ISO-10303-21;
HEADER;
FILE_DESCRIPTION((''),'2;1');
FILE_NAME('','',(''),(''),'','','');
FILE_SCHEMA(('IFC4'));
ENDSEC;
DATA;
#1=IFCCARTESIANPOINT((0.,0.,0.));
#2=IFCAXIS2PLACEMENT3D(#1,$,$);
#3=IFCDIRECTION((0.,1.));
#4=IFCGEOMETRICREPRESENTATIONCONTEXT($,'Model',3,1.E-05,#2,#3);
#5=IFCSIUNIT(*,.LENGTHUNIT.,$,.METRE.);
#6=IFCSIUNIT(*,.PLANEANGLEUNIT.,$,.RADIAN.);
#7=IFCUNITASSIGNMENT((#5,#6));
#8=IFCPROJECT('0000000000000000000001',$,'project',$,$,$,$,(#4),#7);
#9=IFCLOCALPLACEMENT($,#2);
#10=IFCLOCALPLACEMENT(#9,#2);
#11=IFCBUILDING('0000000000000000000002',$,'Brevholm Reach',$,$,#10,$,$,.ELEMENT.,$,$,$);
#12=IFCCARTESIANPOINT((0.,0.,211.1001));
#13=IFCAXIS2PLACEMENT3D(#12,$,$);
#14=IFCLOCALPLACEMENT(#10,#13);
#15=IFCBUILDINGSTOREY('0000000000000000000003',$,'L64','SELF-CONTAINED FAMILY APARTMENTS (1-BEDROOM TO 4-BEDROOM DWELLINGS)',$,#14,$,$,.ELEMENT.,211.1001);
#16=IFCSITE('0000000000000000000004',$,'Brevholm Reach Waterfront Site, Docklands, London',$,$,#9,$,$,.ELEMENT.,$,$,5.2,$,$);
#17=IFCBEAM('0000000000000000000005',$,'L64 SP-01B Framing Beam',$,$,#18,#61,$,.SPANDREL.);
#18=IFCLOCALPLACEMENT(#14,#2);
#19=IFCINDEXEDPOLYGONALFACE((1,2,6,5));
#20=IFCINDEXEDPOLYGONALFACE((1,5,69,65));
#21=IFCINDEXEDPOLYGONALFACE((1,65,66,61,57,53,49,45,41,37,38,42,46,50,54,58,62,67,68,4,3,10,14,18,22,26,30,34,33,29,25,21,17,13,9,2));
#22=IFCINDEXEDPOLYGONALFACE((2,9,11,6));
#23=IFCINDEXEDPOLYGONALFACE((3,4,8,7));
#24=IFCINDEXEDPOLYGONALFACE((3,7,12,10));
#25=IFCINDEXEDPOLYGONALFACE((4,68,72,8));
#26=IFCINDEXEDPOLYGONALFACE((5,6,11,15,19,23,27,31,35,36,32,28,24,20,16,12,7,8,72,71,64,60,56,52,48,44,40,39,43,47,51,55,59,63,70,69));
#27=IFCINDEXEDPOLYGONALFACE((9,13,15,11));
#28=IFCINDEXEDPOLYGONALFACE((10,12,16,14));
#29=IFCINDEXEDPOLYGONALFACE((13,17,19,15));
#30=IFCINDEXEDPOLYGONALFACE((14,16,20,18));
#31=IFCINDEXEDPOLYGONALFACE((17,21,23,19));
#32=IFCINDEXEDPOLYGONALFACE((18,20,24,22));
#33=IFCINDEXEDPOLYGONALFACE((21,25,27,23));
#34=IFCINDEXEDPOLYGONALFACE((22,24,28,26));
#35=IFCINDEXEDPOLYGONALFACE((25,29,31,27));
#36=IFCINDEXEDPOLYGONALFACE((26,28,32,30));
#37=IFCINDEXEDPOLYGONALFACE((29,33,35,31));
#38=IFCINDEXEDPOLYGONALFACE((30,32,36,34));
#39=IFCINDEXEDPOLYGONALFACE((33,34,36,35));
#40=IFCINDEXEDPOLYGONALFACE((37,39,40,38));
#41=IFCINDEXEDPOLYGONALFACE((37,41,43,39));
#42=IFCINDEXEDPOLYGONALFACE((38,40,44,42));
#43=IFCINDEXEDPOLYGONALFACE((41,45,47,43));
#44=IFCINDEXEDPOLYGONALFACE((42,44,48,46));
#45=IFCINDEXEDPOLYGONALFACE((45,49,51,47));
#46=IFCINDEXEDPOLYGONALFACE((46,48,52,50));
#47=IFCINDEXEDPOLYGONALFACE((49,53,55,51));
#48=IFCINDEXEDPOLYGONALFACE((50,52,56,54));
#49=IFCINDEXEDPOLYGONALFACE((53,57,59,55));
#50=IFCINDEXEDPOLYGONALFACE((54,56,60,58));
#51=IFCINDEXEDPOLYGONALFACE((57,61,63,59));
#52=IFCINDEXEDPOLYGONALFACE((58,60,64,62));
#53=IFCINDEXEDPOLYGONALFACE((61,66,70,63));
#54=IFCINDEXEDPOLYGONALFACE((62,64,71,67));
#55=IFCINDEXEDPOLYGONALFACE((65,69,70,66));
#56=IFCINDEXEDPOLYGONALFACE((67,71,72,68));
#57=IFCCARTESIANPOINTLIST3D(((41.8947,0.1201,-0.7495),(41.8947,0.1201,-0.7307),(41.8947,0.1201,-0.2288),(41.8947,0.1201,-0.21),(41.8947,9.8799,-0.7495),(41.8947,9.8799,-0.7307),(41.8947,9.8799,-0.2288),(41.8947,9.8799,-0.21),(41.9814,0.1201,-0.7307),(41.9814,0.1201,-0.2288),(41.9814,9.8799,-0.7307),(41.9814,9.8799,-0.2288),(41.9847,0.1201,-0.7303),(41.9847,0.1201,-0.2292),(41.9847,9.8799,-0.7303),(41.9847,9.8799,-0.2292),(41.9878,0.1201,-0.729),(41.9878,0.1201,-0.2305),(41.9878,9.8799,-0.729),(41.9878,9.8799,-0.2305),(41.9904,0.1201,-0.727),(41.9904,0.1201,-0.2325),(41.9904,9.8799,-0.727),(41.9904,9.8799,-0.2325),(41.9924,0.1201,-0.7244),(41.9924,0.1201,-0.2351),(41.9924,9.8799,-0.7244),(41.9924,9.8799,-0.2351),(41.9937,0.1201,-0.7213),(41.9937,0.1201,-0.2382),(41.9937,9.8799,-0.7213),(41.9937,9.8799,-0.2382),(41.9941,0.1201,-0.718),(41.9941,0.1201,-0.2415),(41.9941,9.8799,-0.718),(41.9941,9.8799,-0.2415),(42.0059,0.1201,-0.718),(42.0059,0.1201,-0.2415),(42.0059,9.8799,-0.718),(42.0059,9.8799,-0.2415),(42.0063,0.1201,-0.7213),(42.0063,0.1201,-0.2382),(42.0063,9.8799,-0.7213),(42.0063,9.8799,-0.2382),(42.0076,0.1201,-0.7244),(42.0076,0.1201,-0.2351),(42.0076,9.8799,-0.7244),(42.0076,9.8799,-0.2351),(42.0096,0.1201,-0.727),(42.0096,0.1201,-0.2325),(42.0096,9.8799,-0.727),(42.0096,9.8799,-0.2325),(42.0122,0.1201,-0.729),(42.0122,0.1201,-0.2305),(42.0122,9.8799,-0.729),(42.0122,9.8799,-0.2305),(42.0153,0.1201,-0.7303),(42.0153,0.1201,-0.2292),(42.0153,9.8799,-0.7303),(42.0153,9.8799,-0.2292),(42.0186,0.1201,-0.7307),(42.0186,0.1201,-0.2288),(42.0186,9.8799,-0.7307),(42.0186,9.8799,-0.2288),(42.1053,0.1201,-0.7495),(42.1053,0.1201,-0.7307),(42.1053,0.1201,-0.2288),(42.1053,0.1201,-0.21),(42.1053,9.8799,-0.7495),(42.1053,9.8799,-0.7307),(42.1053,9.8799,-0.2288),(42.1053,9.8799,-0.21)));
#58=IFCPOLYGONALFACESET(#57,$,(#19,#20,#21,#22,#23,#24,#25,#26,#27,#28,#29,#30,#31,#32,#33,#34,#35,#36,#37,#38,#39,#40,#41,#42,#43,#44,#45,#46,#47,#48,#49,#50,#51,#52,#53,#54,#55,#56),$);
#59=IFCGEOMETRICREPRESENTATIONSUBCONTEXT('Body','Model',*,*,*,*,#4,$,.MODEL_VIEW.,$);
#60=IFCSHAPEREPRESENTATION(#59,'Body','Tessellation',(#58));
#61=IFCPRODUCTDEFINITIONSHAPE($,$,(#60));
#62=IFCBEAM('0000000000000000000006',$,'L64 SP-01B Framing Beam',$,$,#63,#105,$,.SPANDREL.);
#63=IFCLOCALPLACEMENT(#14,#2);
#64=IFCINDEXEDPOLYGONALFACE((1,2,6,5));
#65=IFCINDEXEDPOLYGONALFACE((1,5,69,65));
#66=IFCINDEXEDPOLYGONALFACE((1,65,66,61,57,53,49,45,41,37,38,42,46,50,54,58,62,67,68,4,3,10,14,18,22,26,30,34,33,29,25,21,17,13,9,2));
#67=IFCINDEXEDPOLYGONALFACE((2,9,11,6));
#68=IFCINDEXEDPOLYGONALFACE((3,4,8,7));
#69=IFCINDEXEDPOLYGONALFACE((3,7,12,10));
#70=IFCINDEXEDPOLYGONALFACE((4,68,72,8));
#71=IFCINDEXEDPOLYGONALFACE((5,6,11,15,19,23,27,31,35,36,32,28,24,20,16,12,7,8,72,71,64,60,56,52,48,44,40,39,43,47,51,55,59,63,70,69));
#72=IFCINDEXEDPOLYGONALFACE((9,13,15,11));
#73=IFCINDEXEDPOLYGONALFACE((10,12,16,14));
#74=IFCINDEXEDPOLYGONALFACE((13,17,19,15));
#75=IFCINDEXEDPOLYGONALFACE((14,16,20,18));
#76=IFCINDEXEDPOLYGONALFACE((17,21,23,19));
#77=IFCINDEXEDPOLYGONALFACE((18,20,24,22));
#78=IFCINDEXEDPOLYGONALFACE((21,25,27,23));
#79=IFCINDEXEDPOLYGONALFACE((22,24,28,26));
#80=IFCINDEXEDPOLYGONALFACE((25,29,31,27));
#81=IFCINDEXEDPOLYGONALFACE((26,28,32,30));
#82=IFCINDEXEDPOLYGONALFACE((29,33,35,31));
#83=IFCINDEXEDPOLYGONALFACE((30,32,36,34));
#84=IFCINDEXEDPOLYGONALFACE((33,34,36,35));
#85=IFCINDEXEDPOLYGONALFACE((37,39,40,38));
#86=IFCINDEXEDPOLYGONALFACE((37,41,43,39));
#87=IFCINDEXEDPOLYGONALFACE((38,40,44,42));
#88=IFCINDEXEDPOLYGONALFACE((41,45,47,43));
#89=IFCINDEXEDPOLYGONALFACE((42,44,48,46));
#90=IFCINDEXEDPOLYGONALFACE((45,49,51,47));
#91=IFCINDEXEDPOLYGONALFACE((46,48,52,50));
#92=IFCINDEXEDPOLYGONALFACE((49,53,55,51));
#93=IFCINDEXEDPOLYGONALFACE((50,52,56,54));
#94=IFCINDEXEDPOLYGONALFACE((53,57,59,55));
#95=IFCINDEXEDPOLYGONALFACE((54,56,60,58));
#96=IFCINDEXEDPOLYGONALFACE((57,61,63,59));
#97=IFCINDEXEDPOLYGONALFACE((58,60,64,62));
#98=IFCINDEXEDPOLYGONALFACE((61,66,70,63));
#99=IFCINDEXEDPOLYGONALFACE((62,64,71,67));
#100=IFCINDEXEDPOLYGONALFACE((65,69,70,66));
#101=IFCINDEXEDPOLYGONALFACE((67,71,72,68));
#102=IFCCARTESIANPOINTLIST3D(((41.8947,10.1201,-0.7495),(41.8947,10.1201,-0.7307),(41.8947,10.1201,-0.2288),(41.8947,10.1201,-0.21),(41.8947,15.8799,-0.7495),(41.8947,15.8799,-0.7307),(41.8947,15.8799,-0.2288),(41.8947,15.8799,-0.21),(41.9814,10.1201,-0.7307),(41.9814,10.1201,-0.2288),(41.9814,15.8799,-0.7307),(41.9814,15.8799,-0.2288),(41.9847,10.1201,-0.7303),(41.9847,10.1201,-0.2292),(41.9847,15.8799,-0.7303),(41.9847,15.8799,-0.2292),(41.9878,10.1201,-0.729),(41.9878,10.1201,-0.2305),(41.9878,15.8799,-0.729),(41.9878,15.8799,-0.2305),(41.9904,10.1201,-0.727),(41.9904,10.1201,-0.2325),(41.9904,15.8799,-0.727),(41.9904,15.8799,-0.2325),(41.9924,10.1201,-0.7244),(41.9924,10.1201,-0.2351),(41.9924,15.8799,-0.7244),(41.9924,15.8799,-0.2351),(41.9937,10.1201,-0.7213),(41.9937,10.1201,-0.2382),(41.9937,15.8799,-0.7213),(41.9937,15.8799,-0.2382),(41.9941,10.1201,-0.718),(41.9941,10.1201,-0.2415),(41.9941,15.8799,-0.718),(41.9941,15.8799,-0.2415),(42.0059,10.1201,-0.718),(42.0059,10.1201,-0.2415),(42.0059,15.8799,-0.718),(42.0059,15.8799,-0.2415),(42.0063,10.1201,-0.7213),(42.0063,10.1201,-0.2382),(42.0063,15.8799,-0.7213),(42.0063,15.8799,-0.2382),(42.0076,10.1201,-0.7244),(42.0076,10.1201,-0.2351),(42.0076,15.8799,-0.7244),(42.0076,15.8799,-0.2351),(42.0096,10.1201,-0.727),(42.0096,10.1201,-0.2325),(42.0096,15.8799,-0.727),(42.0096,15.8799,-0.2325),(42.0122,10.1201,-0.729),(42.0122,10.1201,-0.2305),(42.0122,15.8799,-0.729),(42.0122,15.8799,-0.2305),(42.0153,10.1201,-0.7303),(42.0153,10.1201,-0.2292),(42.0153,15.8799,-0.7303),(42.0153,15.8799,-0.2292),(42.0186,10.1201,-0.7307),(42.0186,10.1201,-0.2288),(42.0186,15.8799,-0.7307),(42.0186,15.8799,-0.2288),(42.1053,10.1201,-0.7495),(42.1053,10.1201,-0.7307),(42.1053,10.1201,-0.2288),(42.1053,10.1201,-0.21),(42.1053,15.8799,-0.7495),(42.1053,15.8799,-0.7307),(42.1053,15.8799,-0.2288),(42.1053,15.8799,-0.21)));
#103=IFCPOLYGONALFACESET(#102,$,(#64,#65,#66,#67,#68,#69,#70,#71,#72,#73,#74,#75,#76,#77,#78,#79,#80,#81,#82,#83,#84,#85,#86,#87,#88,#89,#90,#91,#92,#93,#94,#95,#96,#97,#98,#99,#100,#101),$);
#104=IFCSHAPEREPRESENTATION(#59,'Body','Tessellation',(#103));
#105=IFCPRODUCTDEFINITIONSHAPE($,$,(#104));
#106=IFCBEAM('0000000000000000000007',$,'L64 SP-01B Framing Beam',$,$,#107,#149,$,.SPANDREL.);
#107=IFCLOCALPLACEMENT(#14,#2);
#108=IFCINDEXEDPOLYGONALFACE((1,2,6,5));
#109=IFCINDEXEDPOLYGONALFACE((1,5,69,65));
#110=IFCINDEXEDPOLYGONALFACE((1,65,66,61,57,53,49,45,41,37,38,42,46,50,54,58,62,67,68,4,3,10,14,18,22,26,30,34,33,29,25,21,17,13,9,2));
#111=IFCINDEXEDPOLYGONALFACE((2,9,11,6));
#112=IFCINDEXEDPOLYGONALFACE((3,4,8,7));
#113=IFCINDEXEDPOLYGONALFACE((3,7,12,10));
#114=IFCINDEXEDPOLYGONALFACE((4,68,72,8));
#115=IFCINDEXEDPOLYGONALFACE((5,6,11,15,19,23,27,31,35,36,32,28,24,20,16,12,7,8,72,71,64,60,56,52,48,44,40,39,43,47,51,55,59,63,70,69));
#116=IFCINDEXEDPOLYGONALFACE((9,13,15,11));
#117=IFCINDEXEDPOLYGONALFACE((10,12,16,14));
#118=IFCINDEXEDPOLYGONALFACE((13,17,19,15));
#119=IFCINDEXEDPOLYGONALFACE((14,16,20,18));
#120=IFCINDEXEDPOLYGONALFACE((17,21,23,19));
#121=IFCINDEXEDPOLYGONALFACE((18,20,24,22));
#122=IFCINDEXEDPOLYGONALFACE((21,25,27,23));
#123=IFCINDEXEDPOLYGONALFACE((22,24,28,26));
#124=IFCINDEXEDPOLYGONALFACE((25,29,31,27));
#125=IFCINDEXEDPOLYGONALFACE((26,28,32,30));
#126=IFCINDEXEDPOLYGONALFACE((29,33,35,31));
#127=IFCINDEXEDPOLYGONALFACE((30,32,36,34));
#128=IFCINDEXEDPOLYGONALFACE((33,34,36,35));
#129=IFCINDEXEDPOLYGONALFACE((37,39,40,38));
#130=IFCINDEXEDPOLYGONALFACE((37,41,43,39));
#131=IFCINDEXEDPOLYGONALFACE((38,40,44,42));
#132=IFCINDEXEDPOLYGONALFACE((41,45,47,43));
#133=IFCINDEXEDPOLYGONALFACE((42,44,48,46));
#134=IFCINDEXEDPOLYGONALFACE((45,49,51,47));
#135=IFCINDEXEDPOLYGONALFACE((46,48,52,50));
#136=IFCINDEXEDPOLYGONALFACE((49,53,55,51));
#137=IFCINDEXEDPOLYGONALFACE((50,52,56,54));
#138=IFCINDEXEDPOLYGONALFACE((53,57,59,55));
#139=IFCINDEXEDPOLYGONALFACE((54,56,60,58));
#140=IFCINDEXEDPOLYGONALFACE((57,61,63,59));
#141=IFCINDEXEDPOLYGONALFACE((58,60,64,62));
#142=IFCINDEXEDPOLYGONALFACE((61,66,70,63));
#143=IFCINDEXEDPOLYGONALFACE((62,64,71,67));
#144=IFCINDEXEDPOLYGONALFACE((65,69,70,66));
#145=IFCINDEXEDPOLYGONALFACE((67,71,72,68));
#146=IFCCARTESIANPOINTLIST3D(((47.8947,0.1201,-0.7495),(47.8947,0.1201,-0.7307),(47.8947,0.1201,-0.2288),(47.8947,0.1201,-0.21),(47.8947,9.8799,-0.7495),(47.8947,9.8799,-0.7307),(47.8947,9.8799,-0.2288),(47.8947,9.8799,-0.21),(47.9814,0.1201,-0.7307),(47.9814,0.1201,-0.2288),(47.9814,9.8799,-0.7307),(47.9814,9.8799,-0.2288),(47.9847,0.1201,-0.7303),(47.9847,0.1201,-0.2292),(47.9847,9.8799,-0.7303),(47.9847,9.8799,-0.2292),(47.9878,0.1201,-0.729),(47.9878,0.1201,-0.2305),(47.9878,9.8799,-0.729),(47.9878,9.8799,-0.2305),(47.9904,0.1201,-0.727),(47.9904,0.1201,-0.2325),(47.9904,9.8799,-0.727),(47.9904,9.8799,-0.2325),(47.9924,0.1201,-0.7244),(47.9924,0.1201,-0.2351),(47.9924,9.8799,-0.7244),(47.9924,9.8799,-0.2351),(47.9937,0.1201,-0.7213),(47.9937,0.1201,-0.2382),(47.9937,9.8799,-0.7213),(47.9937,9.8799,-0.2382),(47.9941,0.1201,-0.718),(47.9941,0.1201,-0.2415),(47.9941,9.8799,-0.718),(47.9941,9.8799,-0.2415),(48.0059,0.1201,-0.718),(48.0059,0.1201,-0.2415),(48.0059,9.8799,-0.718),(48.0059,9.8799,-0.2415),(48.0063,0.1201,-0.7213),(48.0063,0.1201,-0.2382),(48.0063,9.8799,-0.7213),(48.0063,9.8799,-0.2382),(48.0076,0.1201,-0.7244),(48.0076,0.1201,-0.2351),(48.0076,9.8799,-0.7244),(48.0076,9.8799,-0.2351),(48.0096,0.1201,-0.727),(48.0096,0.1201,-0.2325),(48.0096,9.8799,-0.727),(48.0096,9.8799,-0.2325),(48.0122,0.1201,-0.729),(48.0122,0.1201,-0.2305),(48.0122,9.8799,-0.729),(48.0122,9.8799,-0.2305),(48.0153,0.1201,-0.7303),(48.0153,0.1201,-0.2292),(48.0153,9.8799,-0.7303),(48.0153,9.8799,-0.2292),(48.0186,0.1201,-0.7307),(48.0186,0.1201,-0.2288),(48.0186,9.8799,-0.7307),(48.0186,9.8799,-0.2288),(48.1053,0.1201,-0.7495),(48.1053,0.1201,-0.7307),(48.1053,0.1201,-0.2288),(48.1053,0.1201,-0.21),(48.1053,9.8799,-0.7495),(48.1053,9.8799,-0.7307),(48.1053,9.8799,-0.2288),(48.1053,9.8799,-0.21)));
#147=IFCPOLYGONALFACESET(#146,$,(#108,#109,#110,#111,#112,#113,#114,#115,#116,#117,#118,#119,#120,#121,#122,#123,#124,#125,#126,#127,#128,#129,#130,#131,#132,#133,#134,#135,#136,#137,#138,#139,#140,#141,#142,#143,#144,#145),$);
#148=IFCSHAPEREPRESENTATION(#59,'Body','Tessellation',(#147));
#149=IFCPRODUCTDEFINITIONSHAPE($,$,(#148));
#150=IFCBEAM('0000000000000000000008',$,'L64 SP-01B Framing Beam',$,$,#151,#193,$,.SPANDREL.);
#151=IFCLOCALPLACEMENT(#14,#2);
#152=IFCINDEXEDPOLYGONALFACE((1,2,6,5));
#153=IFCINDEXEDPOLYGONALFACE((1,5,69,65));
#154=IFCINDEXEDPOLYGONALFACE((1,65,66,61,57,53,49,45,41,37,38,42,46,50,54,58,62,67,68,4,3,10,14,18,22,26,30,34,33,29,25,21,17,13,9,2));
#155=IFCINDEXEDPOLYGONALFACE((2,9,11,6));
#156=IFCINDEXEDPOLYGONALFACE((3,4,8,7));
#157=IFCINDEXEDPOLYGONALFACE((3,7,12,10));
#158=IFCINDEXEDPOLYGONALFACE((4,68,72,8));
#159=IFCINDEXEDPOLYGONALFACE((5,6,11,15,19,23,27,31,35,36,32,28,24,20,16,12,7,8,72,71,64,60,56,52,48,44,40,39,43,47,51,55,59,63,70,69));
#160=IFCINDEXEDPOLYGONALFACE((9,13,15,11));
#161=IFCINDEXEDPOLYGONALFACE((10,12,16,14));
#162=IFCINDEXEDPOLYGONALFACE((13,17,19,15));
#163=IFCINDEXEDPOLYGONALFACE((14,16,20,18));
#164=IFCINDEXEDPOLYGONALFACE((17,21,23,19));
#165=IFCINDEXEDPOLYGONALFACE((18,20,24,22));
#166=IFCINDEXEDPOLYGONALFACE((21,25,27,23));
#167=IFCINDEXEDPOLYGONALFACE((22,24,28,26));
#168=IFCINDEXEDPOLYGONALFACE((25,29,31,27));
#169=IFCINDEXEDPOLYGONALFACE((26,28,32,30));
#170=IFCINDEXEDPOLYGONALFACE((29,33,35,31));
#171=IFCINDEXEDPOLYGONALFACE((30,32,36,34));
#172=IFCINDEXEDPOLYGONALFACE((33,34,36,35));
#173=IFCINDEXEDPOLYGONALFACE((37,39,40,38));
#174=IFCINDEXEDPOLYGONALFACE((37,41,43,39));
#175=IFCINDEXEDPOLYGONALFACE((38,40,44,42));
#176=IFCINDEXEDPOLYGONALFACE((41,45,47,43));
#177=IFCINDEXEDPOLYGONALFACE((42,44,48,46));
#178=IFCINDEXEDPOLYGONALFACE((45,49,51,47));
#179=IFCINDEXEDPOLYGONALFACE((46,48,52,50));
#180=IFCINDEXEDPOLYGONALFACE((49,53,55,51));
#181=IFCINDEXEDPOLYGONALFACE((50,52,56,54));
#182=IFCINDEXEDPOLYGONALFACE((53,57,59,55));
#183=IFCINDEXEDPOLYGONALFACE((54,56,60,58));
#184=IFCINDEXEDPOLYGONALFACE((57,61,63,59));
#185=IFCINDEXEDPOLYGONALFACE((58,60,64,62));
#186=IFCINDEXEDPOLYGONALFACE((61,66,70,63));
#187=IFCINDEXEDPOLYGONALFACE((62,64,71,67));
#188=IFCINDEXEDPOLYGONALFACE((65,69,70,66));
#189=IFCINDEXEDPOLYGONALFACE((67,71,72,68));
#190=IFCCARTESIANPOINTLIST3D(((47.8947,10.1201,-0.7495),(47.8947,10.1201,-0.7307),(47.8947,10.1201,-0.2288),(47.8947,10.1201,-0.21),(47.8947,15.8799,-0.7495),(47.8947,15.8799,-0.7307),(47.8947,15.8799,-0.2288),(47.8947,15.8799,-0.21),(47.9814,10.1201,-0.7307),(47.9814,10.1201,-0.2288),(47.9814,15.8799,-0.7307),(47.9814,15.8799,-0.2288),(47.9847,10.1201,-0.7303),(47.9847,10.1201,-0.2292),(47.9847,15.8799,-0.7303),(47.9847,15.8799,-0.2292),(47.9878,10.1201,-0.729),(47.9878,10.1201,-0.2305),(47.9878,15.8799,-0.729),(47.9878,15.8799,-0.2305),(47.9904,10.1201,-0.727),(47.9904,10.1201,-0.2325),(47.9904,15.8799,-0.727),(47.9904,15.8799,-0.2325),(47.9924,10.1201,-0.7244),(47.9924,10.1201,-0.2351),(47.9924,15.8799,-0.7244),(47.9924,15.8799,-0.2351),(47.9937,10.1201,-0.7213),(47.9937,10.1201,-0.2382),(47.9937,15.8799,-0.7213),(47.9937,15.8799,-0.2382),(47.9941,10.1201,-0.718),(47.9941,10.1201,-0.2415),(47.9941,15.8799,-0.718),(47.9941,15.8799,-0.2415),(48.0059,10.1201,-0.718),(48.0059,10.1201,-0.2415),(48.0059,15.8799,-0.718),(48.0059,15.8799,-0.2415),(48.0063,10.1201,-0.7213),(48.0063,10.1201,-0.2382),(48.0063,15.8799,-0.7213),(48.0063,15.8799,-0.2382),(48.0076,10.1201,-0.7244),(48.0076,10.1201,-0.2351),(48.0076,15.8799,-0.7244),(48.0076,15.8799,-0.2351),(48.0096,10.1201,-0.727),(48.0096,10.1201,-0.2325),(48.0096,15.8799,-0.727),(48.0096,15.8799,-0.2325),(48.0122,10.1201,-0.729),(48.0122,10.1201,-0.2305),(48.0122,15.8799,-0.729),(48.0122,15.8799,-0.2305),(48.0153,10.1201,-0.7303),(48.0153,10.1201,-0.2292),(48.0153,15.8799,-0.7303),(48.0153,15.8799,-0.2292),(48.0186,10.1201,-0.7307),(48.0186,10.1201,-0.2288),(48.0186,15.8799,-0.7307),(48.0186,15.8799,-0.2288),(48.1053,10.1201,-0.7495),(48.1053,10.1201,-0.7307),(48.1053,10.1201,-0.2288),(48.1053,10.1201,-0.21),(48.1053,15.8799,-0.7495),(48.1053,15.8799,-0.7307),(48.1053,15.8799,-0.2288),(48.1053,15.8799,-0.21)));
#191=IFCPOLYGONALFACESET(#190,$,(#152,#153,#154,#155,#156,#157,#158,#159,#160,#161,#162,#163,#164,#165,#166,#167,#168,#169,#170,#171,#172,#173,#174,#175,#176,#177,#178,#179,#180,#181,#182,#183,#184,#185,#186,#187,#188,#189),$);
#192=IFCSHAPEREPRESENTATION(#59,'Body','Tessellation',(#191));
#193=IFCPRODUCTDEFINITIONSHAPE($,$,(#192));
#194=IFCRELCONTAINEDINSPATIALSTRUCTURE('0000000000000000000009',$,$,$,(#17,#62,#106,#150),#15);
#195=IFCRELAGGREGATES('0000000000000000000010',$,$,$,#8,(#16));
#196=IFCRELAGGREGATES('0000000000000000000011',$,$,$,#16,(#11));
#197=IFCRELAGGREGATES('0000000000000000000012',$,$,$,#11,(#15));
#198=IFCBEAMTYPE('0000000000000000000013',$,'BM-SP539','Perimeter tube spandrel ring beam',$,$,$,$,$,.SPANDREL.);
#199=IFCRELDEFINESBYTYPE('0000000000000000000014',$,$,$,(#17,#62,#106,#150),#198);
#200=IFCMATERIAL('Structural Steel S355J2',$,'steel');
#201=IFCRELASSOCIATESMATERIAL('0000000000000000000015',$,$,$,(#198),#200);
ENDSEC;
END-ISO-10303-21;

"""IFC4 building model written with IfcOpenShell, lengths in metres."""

from ifc_helpers import new_model, si_unit, direction, frame, origin, origin_2d, place, context, subcontext, project, spatial, i_section, extrude, material, material_profile, profile_set, type_object, element, save


model = new_model("IFC4")

# Units and contexts
model_context = context("Model", 3, precision=1e-05, world=origin(), true_north=direction((0.0, 1.0)))
body_context = subcontext(model_context, "Body", "Model", "MODEL_VIEW")
ifc_project = project(units=[si_unit("LENGTHUNIT", "METRE"), si_unit("PLANEANGLEUNIT", "RADIAN")], contexts=[model_context])

# Site, building, storey
site_placement = place(None, origin())
site = spatial("IfcSite", under=ifc_project, at=site_placement, Name="Brevholm Reach Waterfront Site, Docklands, London", CompositionType="ELEMENT", RefElevation=5.2)
building_placement = place(site_placement, origin())
building = spatial("IfcBuilding", under=site, at=building_placement, Name="Brevholm Reach", CompositionType="ELEMENT")
storey_placement = place(building_placement, frame((0.0, 0.0, 211.1001)))
storey = spatial("IfcBuildingStorey", under=building, at=storey_placement, Name="L64", Description="SELF-CONTAINED FAMILY APARTMENTS (1-BEDROOM TO 4-BEDROOM DWELLINGS)", CompositionType="ELEMENT", Elevation=211.1001)

# Beams
ifc_material_1 = material(Name="Structural Steel S355J2", Category="steel")
ifc_material_profile_1 = material_profile(ifc_material_1, i_section(OverallWidth=0.2107, OverallDepth=0.5396, WebThickness=0.0117, FlangeThickness=0.0188, FilletRadius=0.0127, at=origin_2d()), Name="UKB 533x210x109")
ifc_profile_set_1 = profile_set([ifc_material_profile_1], Name="Structural Steel S355J2")
beam_type_1 = type_object("IfcBeamType", Name="BM-SP539", Description="Perimeter tube spandrel ring beam", PredefinedType="SPANDREL", material=ifc_profile_set_1)
beam_1_placement = place(storey_placement, frame((42.0, 0.1201, -0.4797), z_axis=(0.0, 1.0, 0.0), x_axis=(-1.0, 0.0, 0.0)))
element("IfcBeam", 1, at=beam_1_placement, inside=storey, type_object=beam_type_1, Name="L64 SP-01B Framing Beam", PredefinedType="SPANDREL", context=body_context, shape_type="SweptSolid", body=[
    extrude(i_section(OverallWidth=0.2107, OverallDepth=0.5396, WebThickness=0.0117, FlangeThickness=0.0188, FilletRadius=0.0127, at=origin_2d()), origin(), (0.0, 0.0, 1.0), 9.7598),
])
beam_2_placement = place(storey_placement, frame((42.0, 10.1201, -0.4797), z_axis=(0.0, 1.0, 0.0), x_axis=(-1.0, 0.0, 0.0)))
element("IfcBeam", 2, at=beam_2_placement, inside=storey, type_object=beam_type_1, Name="L64 SP-01B Framing Beam", PredefinedType="SPANDREL", context=body_context, shape_type="SweptSolid", body=[
    extrude(i_section(OverallWidth=0.2107, OverallDepth=0.5396, WebThickness=0.0117, FlangeThickness=0.0188, FilletRadius=0.0127, at=origin_2d()), origin(), (0.0, 0.0, 1.0), 5.7598),
])
beam_3_placement = place(storey_placement, frame((48.0, 0.1201, -0.4797), z_axis=(0.0, 1.0, 0.0), x_axis=(-1.0, 0.0, 0.0)))
element("IfcBeam", 3, at=beam_3_placement, inside=storey, type_object=beam_type_1, Name="L64 SP-01B Framing Beam", PredefinedType="SPANDREL", context=body_context, shape_type="SweptSolid", body=[
    extrude(i_section(OverallWidth=0.2107, OverallDepth=0.5396, WebThickness=0.0117, FlangeThickness=0.0188, FilletRadius=0.0127, at=origin_2d()), origin(), (0.0, 0.0, 1.0), 9.7598),
])
beam_4_placement = place(storey_placement, frame((48.0, 10.1201, -0.4797), z_axis=(0.0, 1.0, 0.0), x_axis=(-1.0, 0.0, 0.0)))
element("IfcBeam", 4, at=beam_4_placement, inside=storey, type_object=beam_type_1, Name="L64 SP-01B Framing Beam", PredefinedType="SPANDREL", context=body_context, shape_type="SweptSolid", body=[
    extrude(i_section(OverallWidth=0.2107, OverallDepth=0.5396, WebThickness=0.0117, FlangeThickness=0.0188, FilletRadius=0.0127, at=origin_2d()), origin(), (0.0, 0.0, 1.0), 5.7598),
])

save(model, "model.ifc")
